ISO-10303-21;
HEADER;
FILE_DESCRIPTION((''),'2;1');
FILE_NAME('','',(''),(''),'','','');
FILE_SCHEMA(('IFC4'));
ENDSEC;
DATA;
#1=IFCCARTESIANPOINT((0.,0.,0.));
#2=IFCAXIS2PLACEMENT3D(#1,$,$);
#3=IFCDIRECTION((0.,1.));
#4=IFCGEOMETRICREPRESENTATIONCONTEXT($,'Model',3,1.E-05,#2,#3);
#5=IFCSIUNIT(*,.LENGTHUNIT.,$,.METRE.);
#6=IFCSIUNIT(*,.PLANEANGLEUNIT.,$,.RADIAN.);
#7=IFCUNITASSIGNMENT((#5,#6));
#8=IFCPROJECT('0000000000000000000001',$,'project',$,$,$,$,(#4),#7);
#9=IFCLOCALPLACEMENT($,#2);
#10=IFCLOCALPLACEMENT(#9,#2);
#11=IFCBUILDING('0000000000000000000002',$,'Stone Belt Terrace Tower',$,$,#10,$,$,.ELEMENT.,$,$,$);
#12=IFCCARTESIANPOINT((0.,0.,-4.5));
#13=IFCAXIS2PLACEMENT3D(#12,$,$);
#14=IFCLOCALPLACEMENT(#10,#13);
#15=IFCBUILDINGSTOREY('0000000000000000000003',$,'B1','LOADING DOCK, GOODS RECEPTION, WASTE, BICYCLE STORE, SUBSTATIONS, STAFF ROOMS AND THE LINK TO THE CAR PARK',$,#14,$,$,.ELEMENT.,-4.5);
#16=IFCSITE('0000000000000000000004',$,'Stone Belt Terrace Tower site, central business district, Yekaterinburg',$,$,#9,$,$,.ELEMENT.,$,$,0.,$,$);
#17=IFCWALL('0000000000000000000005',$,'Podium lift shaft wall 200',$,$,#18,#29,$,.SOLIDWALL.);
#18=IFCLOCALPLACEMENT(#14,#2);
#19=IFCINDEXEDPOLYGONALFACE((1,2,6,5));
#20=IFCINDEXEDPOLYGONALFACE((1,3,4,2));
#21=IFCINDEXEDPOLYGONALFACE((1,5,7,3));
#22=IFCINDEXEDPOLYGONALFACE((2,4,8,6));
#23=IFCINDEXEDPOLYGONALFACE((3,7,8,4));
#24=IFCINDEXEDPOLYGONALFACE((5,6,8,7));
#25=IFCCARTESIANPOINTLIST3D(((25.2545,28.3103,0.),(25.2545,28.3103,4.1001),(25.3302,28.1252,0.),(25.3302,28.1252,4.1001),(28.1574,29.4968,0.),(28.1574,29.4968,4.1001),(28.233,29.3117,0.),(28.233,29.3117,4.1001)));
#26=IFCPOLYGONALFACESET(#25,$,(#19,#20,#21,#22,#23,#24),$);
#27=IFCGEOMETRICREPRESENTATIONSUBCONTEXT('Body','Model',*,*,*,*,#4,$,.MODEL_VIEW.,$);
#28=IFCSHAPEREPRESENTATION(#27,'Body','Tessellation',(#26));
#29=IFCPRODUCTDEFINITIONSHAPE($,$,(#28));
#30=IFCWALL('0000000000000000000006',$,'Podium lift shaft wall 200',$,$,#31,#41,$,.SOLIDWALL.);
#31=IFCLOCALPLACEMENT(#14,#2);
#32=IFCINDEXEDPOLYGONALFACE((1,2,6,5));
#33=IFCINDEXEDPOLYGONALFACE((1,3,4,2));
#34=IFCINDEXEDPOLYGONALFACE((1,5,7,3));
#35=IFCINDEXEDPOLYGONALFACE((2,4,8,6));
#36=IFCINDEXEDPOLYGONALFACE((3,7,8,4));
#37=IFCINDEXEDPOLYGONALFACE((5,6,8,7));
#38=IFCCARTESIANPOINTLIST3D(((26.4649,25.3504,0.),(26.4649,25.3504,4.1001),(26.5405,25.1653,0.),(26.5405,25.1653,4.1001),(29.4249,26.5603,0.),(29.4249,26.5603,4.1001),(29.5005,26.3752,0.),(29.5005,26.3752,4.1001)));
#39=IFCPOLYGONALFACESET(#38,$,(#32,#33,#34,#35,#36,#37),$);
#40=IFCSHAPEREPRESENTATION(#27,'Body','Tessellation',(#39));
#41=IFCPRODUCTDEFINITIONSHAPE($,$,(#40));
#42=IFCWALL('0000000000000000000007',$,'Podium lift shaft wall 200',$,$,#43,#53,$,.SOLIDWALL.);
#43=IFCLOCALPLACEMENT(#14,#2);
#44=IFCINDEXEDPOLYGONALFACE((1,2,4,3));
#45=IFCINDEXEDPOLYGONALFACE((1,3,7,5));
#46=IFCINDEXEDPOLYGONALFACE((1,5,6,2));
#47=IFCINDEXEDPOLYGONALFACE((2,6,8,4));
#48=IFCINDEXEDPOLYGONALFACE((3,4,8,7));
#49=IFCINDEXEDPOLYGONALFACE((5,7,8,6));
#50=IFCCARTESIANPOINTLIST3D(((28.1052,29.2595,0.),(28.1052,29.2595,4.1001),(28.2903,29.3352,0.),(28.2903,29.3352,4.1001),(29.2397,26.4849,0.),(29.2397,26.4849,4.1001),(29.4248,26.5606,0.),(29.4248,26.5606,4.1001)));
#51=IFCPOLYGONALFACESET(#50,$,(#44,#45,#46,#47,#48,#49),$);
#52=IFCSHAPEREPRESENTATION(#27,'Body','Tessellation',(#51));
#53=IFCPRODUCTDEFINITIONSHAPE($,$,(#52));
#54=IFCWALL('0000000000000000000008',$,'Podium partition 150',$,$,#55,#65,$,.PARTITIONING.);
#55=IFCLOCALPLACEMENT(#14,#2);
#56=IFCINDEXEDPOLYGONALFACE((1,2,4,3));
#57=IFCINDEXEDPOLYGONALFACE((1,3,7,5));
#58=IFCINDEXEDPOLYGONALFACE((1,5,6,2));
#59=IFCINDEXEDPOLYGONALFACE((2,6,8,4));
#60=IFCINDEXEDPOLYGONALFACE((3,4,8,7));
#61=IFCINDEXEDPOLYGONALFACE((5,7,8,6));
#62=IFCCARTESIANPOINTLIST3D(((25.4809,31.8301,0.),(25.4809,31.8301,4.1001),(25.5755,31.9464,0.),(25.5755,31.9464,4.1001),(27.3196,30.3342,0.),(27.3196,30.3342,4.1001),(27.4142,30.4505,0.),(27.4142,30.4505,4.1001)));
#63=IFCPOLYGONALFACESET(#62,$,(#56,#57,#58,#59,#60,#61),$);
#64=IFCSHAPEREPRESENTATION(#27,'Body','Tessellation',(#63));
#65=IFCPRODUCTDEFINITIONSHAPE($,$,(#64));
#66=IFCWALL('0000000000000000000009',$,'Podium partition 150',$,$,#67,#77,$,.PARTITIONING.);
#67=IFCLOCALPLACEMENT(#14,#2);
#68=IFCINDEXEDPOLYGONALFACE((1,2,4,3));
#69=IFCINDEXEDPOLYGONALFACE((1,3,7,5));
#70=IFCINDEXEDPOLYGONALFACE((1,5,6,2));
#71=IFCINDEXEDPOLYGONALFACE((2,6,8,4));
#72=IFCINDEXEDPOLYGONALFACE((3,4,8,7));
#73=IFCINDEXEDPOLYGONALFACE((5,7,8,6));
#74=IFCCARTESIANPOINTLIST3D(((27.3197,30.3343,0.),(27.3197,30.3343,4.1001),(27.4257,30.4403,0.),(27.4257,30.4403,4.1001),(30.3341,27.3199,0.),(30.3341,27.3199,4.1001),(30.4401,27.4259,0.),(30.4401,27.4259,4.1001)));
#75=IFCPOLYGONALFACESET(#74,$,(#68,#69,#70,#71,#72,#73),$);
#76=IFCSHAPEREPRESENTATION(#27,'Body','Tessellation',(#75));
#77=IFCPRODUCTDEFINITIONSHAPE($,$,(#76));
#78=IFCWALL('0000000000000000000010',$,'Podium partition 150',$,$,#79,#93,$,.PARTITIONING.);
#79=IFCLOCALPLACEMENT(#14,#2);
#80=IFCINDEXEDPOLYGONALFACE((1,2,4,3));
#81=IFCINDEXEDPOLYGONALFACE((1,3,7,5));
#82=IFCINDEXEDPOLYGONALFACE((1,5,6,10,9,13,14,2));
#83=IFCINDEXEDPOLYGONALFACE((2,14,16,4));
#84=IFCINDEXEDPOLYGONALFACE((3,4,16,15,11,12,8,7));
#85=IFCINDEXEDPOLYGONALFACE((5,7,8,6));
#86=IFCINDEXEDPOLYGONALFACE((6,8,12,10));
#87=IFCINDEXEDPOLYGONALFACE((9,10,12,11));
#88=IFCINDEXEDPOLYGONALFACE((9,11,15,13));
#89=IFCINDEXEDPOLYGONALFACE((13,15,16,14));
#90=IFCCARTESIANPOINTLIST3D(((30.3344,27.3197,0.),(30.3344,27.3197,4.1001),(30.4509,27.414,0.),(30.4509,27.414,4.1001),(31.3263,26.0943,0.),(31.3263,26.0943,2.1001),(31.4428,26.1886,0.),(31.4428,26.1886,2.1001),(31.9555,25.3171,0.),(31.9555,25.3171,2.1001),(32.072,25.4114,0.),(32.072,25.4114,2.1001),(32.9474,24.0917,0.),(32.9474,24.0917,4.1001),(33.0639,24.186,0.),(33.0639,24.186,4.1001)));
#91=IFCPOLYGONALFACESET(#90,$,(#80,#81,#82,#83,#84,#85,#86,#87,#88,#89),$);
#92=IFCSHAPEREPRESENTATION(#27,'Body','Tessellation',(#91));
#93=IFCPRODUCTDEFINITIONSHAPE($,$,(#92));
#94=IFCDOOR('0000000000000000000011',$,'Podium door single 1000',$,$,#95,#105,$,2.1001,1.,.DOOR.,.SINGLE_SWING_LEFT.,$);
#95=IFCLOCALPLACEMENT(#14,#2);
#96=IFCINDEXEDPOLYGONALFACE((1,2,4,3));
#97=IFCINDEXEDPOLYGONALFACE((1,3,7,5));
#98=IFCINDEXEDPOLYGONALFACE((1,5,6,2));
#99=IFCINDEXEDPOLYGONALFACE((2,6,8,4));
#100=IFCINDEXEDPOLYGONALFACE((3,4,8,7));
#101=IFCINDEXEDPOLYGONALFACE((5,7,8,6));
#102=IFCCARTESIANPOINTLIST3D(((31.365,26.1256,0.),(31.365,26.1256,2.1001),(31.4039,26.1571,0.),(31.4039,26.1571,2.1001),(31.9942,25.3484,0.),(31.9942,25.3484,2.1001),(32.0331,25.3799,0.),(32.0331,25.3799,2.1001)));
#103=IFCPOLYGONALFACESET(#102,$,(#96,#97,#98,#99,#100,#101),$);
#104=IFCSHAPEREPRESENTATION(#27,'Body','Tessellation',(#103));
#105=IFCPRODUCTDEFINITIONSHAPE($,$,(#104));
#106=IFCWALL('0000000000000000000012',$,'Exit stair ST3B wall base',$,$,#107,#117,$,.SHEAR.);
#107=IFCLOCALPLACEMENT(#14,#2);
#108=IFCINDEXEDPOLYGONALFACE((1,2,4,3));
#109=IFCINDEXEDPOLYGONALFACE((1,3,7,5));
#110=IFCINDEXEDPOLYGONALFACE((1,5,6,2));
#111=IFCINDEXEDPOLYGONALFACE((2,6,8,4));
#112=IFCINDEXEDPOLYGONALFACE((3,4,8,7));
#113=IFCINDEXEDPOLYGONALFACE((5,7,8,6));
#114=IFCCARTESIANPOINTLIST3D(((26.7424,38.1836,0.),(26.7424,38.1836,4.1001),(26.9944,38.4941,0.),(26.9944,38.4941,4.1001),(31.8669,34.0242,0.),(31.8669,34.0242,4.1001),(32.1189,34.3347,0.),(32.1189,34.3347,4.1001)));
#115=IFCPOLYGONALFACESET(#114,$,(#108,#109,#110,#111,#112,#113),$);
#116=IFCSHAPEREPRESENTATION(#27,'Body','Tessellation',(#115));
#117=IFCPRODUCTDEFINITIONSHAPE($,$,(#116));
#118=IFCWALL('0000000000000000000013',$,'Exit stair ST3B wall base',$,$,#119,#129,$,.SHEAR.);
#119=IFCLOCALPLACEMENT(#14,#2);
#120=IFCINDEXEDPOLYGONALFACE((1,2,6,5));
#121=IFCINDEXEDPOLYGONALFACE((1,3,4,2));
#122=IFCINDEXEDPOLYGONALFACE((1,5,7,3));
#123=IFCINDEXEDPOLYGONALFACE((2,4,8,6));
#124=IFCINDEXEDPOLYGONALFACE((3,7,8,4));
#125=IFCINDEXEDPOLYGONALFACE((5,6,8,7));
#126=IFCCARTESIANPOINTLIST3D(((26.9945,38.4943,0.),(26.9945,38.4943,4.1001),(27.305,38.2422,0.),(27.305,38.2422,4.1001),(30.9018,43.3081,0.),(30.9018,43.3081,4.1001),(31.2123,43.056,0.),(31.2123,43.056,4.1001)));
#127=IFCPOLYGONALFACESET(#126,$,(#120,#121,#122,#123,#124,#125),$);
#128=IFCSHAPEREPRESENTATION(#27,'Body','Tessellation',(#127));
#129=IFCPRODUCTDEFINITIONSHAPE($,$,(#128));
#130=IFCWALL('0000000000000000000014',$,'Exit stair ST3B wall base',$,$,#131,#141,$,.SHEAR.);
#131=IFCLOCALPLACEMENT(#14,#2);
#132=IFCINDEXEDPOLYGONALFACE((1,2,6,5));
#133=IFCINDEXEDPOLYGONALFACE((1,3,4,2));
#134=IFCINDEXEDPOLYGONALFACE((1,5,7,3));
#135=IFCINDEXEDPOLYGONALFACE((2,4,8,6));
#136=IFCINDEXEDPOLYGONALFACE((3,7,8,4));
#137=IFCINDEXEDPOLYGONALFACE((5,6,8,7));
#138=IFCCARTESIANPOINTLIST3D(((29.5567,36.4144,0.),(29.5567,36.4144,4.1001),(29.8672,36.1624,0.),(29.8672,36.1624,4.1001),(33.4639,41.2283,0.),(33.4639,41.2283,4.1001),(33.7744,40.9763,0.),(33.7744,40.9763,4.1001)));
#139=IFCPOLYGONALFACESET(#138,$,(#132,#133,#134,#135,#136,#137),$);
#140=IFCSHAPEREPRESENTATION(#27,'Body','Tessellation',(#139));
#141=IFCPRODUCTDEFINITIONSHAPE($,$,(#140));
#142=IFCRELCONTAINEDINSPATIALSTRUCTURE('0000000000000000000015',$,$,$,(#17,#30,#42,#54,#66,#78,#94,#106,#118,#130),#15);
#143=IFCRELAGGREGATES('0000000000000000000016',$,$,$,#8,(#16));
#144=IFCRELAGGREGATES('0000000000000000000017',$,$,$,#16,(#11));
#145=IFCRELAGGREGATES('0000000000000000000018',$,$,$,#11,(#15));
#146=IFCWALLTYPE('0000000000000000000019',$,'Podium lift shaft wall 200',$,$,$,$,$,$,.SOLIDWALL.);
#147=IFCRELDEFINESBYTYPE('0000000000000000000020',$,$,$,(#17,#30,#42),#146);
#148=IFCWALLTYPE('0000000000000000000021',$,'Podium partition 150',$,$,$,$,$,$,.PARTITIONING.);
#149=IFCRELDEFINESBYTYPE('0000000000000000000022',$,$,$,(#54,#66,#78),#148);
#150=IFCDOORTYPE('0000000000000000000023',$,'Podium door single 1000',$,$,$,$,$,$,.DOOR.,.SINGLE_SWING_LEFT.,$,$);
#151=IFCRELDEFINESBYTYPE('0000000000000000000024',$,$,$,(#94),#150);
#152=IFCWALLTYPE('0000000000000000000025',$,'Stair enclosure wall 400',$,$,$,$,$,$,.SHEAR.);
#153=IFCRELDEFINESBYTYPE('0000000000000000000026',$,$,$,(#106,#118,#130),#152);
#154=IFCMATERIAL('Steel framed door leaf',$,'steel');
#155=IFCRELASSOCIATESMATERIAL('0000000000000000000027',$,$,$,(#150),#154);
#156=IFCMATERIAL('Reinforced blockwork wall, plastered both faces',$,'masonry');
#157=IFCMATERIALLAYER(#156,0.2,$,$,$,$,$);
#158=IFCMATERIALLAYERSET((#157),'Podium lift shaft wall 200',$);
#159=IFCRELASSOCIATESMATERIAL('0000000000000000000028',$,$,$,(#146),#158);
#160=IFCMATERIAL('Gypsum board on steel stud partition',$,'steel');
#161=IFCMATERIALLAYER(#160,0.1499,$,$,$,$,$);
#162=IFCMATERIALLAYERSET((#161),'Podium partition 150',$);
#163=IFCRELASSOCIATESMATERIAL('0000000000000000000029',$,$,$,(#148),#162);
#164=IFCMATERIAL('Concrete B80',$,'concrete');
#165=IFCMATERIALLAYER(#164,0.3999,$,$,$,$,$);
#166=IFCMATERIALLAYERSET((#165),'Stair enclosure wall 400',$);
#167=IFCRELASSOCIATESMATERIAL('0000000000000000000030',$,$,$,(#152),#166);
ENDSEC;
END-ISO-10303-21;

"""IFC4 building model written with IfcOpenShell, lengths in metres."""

from ifc_helpers import new_model, si_unit, direction, frame, frame_2d, origin, place, context, subcontext, project, spatial, rectangle, extrude, material, layer, layer_set, type_object, element, fill, save


model = new_model("IFC4")

# Units and contexts
model_context = context("Model", 3, precision=1e-05, world=origin(), true_north=direction((0.0, 1.0)))
body_context = subcontext(model_context, "Body", "Model", "MODEL_VIEW")
ifc_project = project(units=[si_unit("LENGTHUNIT", "METRE"), si_unit("PLANEANGLEUNIT", "RADIAN")], contexts=[model_context])

# Site, building, storey
site_placement = place(None, origin())
site = spatial("IfcSite", under=ifc_project, at=site_placement, Name="Stone Belt Terrace Tower site, central business district, Yekaterinburg", CompositionType="ELEMENT", RefElevation=0.0)
building_placement = place(site_placement, origin())
building = spatial("IfcBuilding", under=site, at=building_placement, Name="Stone Belt Terrace Tower", CompositionType="ELEMENT")
storey_placement = place(building_placement, frame((0.0, 0.0, -4.5)))
storey = spatial("IfcBuildingStorey", under=building, at=storey_placement, Name="B1", Description="LOADING DOCK, GOODS RECEPTION, WASTE, BICYCLE STORE, SUBSTATIONS, STAFF ROOMS AND THE LINK TO THE CAR PARK", CompositionType="ELEMENT", Elevation=-4.5)

# Shared definitions
ifc_material_1 = material(Name="Concrete B80", Category="concrete")

# Shared definitions
ifc_material_2 = material(Name="Steel framed door leaf", Category="steel")
door_type_1 = type_object("IfcDoorType", Name="Podium door single 1000", OperationType="SINGLE_SWING_LEFT", PredefinedType="DOOR", material=ifc_material_2)

# Shared definitions
ifc_material_3 = material(Name="Reinforced blockwork wall, plastered both faces", Category="masonry")
ifc_layer_1 = layer(ifc_material_3, 0.2)
ifc_layer_set_1 = layer_set([ifc_layer_1], Name="Podium lift shaft wall 200")
wall_type_1 = type_object("IfcWallType", Name="Podium lift shaft wall 200", PredefinedType="SOLIDWALL", material=ifc_layer_set_1)

# Walls
wall_1_placement = place(storey_placement, frame((25.2925, 28.2178, 0.0), z_axis=(0.0, 0.0, 1.0), x_axis=(0.925659, 0.37836, 0.0)))
element("IfcWall", 1, at=wall_1_placement, inside=storey, type_object=wall_type_1, Name="Podium lift shaft wall 200", PredefinedType="SOLIDWALL", context=body_context, shape_type="SweptSolid", body=[
    extrude(rectangle(XDim=3.136, YDim=0.2, at=frame_2d((1.5679, 0.0))), origin(), (0.0, 0.0, 1.0), 4.1001),
])
wall_2_placement = place(storey_placement, frame((26.5027, 25.2578, 0.0), z_axis=(0.0, 0.0, 1.0), x_axis=(0.925649, 0.378383, 0.0)))
element("IfcWall", 2, at=wall_2_placement, inside=storey, type_object=wall_type_1, Name="Podium lift shaft wall 200", PredefinedType="SOLIDWALL", context=body_context, shape_type="SweptSolid", body=[
    extrude(rectangle(XDim=3.1978, YDim=0.2, at=frame_2d((1.5989, 0.0))), origin(), (0.0, 0.0, 1.0), 4.1001),
])
wall_3_placement = place(storey_placement, frame((28.1978, 29.2974, 0.0), z_axis=(0.0, 0.0, 1.0), x_axis=(0.378471, -0.925613, 0.0)))
element("IfcWall", 3, at=wall_3_placement, inside=storey, type_object=wall_type_1, Name="Podium lift shaft wall 200", PredefinedType="SOLIDWALL", context=body_context, shape_type="SweptSolid", body=[
    extrude(rectangle(XDim=2.9976, YDim=0.2, at=frame_2d((1.4988, 0.0))), origin(), (0.0, 0.0, 1.0), 4.1001),
])
ifc_material_4 = material(Name="Gypsum board on steel stud partition", Category="steel")
ifc_layer_2 = layer(ifc_material_4, 0.1499)
ifc_layer_set_2 = layer_set([ifc_layer_2], Name="Podium partition 150")
wall_type_2 = type_object("IfcWallType", Name="Podium partition 150", PredefinedType="PARTITIONING", material=ifc_layer_set_2)
wall_4_placement = place(storey_placement, frame((25.5283, 31.8882, 0.0), z_axis=(0.0, 0.0, 1.0), x_axis=(0.775707, -0.631093, 0.0)))
element("IfcWall", 4, at=wall_4_placement, inside=storey, type_object=wall_type_2, Name="Podium partition 150", PredefinedType="PARTITIONING", context=body_context, shape_type="SweptSolid", body=[
    extrude(rectangle(XDim=2.3704, YDim=0.1499, at=frame_2d((1.1851, 0.0))), origin(), (0.0, 0.0, 1.0), 4.1001),
])
wall_5_placement = place(storey_placement, frame((27.3728, 30.3872, 0.0), z_axis=(0.0, 0.0, 1.0), x_axis=(0.707107, -0.707107, 0.0)))
element("IfcWall", 5, at=wall_5_placement, inside=storey, type_object=wall_type_2, Name="Podium partition 150", PredefinedType="PARTITIONING", context=body_context, shape_type="SweptSolid", body=[
    extrude(rectangle(XDim=4.2629, YDim=0.1499, at=frame_2d((2.1313, 0.0))), origin(), (0.0, 0.0, 1.0), 4.1001),
])

# Wall, opening, door
wall_6_placement = place(storey_placement, frame((30.3926, 27.3669, 0.0), z_axis=(0.0, 0.0, 1.0), x_axis=(0.62918, -0.77726, 0.0)))
wall_6 = element("IfcWall", 6, at=wall_6_placement, inside=storey, type_object=wall_type_2, Name="Podium partition 150", PredefinedType="PARTITIONING", context=body_context, shape_type="SweptSolid", body=[
    extrude(rectangle(XDim=4.1531, YDim=0.1499, at=frame_2d((2.0767, 0.0))), origin(), (0.0, 0.0, 1.0), 4.1001),
])
opening_1_placement = place(wall_6_placement, frame((1.5767, 0.0, 0.0)))
opening_1 = element("IfcOpeningElement", 7, at=opening_1_placement, cuts=wall_6, PredefinedType="OPENING", context=body_context, shape_type="SweptSolid", body=[
    extrude(rectangle(XDim=1.0, YDim=2.1001, at=frame_2d((0.5, 1.05))), frame((0.0, 0.085, 0.0), z_axis=(0.0, -1.0, 0.0), x_axis=(1.0, 0.0, 0.0)), (0.0, 0.0, 1.0), 0.1699),
])
door_1_placement = place(opening_1_placement, origin())
door_1 = element("IfcDoor", 8, at=door_1_placement, inside=storey, type_object=door_type_1, Name="Podium door single 1000", OperationType="SINGLE_SWING_LEFT", OverallHeight=2.1001, OverallWidth=1.0, PredefinedType="DOOR", context=body_context, shape_type="SweptSolid", body=[
    extrude(rectangle(XDim=1.0, YDim=2.1001, at=frame_2d((0.5, 1.05))), frame((0.0, 0.0249, 0.0), z_axis=(0.0, -1.0, 0.0), x_axis=(1.0, 0.0, 0.0)), (0.0, 0.0, 1.0), 0.05),
])
fill(opening_1, door_1)

# Walls
ifc_layer_3 = layer(ifc_material_1, 0.3999)
ifc_layer_set_3 = layer_set([ifc_layer_3], Name="Stair enclosure wall 400")
wall_type_3 = type_object("IfcWallType", Name="Stair enclosure wall 400", PredefinedType="SHEAR", material=ifc_layer_set_3)
wall_7_placement = place(storey_placement, frame((26.8684, 38.3389, 0.0), z_axis=(0.0, 0.0, 1.0), x_axis=(0.776428, -0.630205, 0.0)))
element("IfcWall", 9, at=wall_7_placement, inside=storey, type_object=wall_type_3, Name="Exit stair ST3B wall base", PredefinedType="SHEAR", context=body_context, shape_type="SweptSolid", body=[
    extrude(rectangle(XDim=6.6001, YDim=0.3999, at=frame_2d((3.3, 0.0))), origin(), (0.0, 0.0, 1.0), 4.1001),
])
for number, where, z_axis, x_axis, name in (
    (10, (27.1497, 38.3682, 0.0), (0.0, 0.0, 1.0), (0.630212, 0.776423, 0.0), "Exit stair ST3B wall base"),
    (11, (29.7119, 36.2883, 0.0), (0.0, 0.0, 1.0), (0.630192, 0.776439, 0.0), "Exit stair ST3B wall base"),
):
    element("IfcWall", number, at=place(storey_placement, frame(where, z_axis=z_axis, x_axis=x_axis)), inside=storey, type_object=wall_type_3, Name=name, PredefinedType="SHEAR", context=body_context, shape_type="SweptSolid", body=[
        extrude(rectangle(XDim=6.2, YDim=0.3999, at=frame_2d((3.1001, 0.0))), origin(), (0.0, 0.0, 1.0), 4.1001),
    ])

save(model, "model.ifc")
